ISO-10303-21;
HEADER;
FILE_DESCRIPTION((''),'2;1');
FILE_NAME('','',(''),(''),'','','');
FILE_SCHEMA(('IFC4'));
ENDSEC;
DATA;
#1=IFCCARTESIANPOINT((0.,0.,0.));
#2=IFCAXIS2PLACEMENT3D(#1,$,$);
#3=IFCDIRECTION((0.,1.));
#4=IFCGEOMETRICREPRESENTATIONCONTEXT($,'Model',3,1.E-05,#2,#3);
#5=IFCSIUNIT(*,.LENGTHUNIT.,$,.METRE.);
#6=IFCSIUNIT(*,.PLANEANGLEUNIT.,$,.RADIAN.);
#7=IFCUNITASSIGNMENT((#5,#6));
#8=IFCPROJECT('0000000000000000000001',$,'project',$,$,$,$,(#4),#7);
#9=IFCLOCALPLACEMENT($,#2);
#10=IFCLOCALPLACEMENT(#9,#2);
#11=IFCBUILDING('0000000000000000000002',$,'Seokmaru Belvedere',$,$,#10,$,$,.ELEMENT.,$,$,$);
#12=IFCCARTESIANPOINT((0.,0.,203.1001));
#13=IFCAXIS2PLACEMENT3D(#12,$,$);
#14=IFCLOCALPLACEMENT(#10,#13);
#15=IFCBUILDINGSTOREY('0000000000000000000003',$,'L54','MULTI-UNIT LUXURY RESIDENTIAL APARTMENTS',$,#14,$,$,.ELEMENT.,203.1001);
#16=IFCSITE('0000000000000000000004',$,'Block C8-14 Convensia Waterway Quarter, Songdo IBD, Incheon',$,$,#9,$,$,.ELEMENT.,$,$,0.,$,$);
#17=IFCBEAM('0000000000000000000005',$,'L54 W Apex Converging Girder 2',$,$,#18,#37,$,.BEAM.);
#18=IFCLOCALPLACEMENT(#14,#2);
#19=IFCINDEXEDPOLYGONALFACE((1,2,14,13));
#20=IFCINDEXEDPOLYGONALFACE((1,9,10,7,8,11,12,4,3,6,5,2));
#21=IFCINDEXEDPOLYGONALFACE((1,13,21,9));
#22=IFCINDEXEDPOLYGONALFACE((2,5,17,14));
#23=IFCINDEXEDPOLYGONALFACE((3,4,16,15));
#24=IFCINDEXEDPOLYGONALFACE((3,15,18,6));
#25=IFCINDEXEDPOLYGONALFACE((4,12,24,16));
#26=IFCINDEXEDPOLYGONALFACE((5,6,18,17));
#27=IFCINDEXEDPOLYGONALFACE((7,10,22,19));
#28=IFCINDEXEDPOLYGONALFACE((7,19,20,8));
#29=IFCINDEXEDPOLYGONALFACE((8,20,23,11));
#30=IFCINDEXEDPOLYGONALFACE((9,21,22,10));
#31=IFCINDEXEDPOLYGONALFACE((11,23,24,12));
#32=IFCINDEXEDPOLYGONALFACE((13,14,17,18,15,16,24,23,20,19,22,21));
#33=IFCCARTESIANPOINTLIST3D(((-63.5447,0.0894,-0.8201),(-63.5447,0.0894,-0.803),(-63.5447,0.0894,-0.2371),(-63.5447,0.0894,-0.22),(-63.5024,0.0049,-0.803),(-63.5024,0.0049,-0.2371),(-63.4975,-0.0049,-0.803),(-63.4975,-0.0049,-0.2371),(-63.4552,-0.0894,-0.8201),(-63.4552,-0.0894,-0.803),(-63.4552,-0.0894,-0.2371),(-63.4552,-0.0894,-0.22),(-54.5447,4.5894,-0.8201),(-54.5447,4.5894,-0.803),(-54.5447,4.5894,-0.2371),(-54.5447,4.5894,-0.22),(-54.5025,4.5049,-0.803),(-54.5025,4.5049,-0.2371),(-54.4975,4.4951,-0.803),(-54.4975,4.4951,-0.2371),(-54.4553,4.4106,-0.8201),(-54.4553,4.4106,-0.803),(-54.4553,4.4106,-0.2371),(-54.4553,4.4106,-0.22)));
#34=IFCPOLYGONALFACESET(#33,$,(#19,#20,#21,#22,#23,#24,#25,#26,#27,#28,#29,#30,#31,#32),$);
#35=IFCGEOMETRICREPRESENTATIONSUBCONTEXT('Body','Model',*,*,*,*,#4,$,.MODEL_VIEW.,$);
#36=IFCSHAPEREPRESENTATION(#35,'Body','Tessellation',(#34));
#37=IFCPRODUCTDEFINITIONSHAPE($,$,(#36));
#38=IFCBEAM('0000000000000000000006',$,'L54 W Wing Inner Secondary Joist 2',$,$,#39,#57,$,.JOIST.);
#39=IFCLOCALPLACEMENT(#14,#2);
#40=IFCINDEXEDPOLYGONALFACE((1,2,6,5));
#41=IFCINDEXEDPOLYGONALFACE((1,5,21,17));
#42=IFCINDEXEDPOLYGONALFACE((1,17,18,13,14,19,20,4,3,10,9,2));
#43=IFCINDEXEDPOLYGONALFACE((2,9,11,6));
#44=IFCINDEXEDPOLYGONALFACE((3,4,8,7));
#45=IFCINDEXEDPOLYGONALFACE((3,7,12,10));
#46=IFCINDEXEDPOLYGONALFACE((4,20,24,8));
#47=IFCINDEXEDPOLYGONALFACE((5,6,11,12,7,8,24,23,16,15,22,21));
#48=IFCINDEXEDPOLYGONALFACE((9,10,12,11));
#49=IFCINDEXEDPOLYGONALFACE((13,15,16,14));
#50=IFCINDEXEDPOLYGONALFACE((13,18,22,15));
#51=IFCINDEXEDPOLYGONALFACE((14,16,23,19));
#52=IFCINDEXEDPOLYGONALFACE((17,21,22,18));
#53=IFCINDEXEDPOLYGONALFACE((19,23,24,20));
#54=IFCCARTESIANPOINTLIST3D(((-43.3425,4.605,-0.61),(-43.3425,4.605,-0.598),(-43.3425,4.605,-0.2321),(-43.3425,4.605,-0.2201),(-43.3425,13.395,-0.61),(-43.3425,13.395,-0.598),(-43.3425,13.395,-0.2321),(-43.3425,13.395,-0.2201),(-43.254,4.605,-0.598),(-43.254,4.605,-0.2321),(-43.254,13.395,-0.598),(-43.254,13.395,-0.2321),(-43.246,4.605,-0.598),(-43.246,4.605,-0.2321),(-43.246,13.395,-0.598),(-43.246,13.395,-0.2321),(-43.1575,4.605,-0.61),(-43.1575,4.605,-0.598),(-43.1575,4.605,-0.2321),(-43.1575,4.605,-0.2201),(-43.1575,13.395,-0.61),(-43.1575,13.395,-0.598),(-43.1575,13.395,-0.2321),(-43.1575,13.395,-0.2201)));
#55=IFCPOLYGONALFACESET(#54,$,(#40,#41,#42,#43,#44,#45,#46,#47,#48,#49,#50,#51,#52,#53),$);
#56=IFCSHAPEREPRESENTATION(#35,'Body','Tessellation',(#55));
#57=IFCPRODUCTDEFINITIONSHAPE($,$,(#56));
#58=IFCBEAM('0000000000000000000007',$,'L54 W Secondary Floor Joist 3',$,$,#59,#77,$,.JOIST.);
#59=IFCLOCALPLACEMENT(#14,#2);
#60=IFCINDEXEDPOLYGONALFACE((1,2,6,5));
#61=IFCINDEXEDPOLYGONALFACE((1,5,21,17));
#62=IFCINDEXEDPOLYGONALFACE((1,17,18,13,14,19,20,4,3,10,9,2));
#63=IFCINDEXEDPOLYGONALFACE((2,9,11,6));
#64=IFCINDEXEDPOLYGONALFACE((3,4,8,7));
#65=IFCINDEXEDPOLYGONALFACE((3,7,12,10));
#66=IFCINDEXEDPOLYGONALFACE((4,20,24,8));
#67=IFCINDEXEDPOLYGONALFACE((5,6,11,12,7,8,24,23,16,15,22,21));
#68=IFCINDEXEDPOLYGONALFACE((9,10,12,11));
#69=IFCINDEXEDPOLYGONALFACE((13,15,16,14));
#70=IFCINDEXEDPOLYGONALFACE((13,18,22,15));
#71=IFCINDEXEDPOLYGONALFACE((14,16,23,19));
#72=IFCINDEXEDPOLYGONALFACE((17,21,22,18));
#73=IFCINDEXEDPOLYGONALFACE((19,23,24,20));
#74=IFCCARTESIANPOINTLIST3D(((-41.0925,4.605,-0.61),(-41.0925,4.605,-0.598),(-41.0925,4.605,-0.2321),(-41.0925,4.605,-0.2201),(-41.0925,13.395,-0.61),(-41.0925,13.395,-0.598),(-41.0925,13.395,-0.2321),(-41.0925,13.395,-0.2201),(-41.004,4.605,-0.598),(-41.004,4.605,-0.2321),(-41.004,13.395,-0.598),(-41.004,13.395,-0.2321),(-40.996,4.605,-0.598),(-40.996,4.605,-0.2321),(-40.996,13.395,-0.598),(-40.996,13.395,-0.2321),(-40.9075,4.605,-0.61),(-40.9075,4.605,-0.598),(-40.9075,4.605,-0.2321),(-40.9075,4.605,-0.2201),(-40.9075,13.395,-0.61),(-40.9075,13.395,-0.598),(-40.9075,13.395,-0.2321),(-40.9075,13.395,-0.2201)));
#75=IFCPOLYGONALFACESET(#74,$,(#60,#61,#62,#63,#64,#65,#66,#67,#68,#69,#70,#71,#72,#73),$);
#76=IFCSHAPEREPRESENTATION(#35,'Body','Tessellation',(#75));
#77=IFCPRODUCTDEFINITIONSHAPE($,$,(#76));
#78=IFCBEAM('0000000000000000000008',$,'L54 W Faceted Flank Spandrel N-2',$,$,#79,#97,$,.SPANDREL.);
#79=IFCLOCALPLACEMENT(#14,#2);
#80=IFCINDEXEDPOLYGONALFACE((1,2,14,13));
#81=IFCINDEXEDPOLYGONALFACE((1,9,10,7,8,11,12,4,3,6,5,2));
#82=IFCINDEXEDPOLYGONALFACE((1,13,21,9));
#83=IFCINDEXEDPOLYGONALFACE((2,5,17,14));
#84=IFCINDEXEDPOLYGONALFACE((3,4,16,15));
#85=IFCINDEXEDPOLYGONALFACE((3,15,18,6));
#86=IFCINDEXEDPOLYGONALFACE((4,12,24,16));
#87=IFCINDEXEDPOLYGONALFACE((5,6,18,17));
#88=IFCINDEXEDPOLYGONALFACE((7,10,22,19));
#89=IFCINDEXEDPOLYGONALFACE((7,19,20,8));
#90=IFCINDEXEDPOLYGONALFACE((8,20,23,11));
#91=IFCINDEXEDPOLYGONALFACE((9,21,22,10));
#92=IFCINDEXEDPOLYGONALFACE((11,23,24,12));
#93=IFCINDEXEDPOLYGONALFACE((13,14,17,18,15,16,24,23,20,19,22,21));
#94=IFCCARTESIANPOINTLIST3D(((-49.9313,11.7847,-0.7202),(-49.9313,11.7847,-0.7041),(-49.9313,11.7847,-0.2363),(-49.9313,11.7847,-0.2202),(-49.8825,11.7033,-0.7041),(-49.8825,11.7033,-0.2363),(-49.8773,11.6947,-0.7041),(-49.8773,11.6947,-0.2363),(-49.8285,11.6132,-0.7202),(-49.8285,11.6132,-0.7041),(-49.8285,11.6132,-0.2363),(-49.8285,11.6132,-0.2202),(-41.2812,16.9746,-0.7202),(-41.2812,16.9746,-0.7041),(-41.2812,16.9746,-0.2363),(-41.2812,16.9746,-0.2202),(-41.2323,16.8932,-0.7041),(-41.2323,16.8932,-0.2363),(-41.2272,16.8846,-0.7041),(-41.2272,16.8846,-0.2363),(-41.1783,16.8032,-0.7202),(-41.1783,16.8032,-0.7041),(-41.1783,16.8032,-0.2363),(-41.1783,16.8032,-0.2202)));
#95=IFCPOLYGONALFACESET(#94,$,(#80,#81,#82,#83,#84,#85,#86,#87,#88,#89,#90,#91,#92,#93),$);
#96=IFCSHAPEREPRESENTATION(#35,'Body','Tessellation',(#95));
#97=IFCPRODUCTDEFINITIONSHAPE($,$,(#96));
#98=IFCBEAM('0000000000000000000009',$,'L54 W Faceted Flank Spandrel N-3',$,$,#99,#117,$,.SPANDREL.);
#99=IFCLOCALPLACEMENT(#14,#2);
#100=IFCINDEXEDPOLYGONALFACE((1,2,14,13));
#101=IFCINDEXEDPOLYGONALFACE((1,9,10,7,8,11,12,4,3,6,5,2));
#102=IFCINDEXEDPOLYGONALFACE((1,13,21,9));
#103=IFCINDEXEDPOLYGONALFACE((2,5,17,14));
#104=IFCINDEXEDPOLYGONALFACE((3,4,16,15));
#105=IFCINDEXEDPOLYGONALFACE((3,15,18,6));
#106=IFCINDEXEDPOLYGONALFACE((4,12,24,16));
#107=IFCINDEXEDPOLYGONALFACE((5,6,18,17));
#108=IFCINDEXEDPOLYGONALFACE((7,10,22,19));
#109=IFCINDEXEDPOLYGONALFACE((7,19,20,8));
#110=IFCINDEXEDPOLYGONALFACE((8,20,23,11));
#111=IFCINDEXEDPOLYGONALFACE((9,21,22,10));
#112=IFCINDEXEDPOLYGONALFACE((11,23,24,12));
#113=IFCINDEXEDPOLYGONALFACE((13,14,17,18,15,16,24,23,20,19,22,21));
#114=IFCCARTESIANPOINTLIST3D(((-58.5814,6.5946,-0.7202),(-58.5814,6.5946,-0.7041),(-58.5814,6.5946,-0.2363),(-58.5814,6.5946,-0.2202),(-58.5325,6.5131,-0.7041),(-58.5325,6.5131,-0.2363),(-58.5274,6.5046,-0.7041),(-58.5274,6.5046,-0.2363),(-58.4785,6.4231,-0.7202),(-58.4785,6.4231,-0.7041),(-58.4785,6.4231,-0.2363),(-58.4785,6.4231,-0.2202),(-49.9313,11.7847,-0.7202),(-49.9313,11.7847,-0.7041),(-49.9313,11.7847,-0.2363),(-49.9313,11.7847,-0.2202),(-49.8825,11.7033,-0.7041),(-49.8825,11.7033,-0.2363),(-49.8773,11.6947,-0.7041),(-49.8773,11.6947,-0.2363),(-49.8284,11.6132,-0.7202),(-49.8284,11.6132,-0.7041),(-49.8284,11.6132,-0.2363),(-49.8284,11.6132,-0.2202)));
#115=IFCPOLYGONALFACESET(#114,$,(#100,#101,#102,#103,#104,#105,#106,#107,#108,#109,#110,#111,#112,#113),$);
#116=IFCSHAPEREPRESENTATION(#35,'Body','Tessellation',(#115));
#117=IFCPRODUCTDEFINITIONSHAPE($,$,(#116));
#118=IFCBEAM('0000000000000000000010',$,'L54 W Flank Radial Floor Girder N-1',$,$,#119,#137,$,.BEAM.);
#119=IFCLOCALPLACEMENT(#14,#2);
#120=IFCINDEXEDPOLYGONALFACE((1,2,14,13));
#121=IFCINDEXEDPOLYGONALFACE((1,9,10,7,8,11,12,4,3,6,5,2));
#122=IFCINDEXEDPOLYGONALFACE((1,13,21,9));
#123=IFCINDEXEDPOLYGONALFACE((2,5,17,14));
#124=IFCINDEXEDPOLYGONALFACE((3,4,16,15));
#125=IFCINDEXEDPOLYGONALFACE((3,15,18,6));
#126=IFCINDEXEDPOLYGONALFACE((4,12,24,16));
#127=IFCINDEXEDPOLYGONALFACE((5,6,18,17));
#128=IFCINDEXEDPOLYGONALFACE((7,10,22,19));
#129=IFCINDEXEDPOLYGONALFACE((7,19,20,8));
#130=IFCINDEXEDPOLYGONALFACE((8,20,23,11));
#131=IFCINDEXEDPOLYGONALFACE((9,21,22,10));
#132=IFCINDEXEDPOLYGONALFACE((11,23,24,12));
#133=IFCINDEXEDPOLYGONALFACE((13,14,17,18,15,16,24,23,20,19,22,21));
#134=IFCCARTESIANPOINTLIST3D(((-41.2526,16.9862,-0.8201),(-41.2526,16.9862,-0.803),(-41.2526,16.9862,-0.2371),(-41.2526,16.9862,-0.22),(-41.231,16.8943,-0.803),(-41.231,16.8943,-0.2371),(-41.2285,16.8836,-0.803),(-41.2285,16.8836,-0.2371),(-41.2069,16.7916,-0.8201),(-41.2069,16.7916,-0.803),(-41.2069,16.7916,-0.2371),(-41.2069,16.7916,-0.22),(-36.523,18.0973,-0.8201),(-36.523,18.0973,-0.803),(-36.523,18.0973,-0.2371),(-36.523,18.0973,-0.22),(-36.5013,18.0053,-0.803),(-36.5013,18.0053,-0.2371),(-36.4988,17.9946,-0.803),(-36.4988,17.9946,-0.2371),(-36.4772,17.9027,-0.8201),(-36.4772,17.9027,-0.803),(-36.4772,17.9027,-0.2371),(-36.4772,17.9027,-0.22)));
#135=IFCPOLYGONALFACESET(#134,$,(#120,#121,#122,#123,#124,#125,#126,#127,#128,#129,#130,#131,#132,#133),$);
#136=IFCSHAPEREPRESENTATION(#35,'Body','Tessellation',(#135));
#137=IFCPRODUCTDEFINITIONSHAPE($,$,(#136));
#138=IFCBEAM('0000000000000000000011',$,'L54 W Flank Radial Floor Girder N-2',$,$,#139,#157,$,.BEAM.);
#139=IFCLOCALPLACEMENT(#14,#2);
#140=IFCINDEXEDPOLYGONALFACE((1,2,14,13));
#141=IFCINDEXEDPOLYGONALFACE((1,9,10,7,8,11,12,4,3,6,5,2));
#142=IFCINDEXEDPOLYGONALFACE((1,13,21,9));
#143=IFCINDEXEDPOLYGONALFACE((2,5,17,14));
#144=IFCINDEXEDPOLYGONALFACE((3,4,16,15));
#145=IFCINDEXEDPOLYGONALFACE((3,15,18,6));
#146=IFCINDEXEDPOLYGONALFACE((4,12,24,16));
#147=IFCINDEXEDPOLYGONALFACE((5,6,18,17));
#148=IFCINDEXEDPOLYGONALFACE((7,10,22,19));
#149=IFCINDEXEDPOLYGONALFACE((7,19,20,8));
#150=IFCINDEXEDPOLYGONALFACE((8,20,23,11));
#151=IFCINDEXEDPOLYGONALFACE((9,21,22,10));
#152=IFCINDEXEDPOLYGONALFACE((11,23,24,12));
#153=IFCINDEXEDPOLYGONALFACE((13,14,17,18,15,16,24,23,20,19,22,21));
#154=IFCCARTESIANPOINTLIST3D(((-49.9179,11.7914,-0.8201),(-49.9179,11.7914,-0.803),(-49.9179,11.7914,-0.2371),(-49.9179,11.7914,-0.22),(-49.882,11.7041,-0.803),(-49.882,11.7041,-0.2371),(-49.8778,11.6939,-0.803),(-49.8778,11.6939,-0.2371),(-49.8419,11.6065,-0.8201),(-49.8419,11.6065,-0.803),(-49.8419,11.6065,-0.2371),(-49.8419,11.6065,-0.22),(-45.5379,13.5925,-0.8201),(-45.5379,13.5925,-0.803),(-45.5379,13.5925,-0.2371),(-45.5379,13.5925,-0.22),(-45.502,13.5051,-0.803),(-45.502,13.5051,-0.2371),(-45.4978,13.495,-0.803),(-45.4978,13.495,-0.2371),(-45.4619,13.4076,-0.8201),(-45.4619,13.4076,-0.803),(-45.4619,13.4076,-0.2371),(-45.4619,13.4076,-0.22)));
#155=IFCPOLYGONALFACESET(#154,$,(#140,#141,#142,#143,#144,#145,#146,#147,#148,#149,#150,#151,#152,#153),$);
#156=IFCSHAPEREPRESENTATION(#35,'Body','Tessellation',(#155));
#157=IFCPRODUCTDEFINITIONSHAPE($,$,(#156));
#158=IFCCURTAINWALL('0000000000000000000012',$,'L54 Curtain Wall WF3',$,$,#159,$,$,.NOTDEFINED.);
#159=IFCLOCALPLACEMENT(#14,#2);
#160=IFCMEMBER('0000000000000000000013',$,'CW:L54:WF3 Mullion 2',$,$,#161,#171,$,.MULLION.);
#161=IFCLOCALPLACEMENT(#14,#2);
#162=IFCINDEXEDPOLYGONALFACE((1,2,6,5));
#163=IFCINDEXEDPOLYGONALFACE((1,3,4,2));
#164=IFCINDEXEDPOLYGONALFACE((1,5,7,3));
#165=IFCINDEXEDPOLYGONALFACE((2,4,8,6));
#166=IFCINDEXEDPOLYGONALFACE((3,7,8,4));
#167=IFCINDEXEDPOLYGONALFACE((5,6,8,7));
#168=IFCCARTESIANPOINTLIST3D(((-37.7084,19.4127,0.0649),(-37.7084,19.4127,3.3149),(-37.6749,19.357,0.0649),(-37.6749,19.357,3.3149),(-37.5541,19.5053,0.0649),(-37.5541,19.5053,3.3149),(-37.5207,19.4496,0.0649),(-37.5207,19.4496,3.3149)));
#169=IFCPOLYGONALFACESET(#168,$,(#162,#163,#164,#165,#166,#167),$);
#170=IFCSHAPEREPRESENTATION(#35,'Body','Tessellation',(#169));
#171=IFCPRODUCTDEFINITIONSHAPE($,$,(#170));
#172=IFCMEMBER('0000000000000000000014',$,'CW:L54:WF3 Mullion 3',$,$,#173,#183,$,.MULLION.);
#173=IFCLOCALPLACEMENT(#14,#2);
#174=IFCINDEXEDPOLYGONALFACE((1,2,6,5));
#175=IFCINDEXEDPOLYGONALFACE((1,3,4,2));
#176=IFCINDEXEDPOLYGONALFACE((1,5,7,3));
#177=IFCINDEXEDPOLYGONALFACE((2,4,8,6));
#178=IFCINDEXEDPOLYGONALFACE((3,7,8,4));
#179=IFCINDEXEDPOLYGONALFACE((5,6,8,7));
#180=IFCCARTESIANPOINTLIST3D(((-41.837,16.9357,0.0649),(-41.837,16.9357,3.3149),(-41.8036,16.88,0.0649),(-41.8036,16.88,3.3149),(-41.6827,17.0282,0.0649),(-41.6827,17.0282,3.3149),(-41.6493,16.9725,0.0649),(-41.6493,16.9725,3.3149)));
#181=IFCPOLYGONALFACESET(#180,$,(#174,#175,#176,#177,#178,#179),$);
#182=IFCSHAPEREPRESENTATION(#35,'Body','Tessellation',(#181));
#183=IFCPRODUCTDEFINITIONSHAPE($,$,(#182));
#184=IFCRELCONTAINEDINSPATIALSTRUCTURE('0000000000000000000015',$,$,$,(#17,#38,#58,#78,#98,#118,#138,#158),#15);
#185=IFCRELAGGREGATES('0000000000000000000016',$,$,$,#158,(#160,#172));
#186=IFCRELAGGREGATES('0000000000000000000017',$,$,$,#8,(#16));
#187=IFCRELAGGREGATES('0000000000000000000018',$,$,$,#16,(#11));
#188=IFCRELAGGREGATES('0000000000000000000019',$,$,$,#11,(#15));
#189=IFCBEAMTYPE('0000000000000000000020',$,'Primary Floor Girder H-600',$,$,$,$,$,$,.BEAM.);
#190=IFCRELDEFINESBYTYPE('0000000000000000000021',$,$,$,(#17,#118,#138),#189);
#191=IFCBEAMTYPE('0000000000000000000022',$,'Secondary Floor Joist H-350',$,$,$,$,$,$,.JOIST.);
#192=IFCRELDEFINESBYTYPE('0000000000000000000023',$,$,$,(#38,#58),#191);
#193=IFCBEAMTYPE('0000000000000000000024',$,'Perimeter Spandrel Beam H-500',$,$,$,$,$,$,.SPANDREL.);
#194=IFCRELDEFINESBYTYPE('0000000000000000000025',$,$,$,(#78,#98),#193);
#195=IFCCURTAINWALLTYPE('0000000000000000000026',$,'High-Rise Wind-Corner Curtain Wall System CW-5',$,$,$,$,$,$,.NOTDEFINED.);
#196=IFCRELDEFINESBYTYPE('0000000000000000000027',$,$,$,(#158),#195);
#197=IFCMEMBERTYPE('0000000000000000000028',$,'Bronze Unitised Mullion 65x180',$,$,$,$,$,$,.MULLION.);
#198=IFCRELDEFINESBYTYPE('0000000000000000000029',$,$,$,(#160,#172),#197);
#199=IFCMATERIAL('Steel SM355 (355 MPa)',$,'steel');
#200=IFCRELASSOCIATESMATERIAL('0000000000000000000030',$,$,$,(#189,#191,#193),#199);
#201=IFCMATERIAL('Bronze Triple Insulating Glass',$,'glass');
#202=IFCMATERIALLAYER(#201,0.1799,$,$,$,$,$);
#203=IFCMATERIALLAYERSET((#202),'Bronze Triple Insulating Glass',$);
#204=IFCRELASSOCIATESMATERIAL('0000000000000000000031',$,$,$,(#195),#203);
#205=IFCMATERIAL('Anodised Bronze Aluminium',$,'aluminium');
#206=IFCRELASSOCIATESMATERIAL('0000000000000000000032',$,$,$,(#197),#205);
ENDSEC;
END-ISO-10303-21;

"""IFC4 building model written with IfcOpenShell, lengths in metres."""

from ifc_helpers import new_model, si_unit, direction, frame, origin, origin_2d, place, context, subcontext, project, spatial, rectangle, i_section, extrude, source, transform, mapped, material, layer, layer_set, material_profile, profile_set, type_object, type_shapes, element, aggregate, save


model = new_model("IFC4")

# Units and contexts
model_context = context("Model", 3, precision=1e-05, world=origin(), true_north=direction((0.0, 1.0)))
body_context = subcontext(model_context, "Body", "Model", "MODEL_VIEW")
ifc_project = project(units=[si_unit("LENGTHUNIT", "METRE"), si_unit("PLANEANGLEUNIT", "RADIAN")], contexts=[model_context])

# Site, building, storey
site_placement = place(None, origin())
site = spatial("IfcSite", under=ifc_project, at=site_placement, Name="Block C8-14 Convensia Waterway Quarter, Songdo IBD, Incheon", CompositionType="ELEMENT", RefElevation=0.0)
building_placement = place(site_placement, origin())
building = spatial("IfcBuilding", under=site, at=building_placement, Name="Seokmaru Belvedere", CompositionType="ELEMENT")
storey_placement = place(building_placement, frame((0.0, 0.0, 203.1001)))
storey = spatial("IfcBuildingStorey", under=building, at=storey_placement, Name="L54", Description="MULTI-UNIT LUXURY RESIDENTIAL APARTMENTS", CompositionType="ELEMENT", Elevation=203.1001)

# Shared definitions
ifc_material_1 = material(Name="Steel SM355 (355 MPa)", Category="steel")

# Beams
ifc_material_profile_1 = material_profile(ifc_material_1, i_section(OverallWidth=0.2, OverallDepth=0.6001, WebThickness=0.011, FlangeThickness=0.0171, at=origin_2d()), Name="H-600x200x11x17")
ifc_profile_set_1 = profile_set([ifc_material_profile_1], Name="Steel SM355 (355 MPa)")
beam_type_1 = type_object("IfcBeamType", Name="Primary Floor Girder H-600", PredefinedType="BEAM", material=ifc_profile_set_1)
shared_shape_1 = source(origin(), body_context, "Body", "SweptSolid", [
    extrude(i_section(OverallWidth=0.2, OverallDepth=0.6001, WebThickness=0.011, FlangeThickness=0.0171, at=origin_2d()), origin(), (0.0, 0.0, 1.0), 10.0623),
])
beam_1_placement = place(storey_placement, frame((-54.5, 4.5, -0.52), z_axis=(-0.894427, -0.447214, 0.0), x_axis=(0.447214, -0.894427, 0.0)))
element("IfcBeam", 1, at=beam_1_placement, inside=storey, type_object=beam_type_1, Name="L54 W Apex Converging Girder 2", PredefinedType="BEAM", context=body_context, shape_type="MappedRepresentation", body=[
    mapped(shared_shape_1, transform((0.0, 0.0, 0.0), scale=1.0)),
])
ifc_material_profile_2 = material_profile(ifc_material_1, i_section(OverallWidth=0.1851, OverallDepth=0.3899, WebThickness=0.0081, FlangeThickness=0.012, at=origin_2d()), Name="H-390x185x8x12")
ifc_profile_set_2 = profile_set([ifc_material_profile_2], Name="Steel SM355 (355 MPa)")
beam_type_2 = type_object("IfcBeamType", Name="Secondary Floor Joist H-350", PredefinedType="JOIST", material=ifc_profile_set_2)
shared_shape_2 = source(origin(), body_context, "Body", "SweptSolid", [
    extrude(i_section(OverallWidth=0.1851, OverallDepth=0.3899, WebThickness=0.0081, FlangeThickness=0.012, at=origin_2d()), origin(), (0.0, 0.0, 1.0), 8.79),
])
type_shapes(beam_type_2, [shared_shape_2])
for number, where, z_axis, x_axis, name in (
    (2, (-43.25, 4.605, -0.415), (0.0, 1.0, 0.0), (-1.0, 0.0, 0.0), "L54 W Wing Inner Secondary Joist 2"),
    (3, (-41.0, 4.605, -0.415), (0.0, 1.0, 0.0), (-1.0, 0.0, 0.0), "L54 W Secondary Floor Joist 3"),
):
    element("IfcBeam", number, at=place(storey_placement, frame(where, z_axis=z_axis, x_axis=x_axis)), inside=storey, type_object=beam_type_2, Name=name, PredefinedType="JOIST", context=body_context, shape_type="MappedRepresentation", body=[
        mapped(shared_shape_2, transform((0.0, 0.0, 0.0), scale=1.0)),
    ])
ifc_material_profile_3 = material_profile(ifc_material_1, i_section(OverallWidth=0.2, OverallDepth=0.5, WebThickness=0.01, FlangeThickness=0.0161, at=origin_2d()), Name="H-500x200x10x16")
ifc_profile_set_3 = profile_set([ifc_material_profile_3], Name="Steel SM355 (355 MPa)")
beam_type_3 = type_object("IfcBeamType", Name="Perimeter Spandrel Beam H-500", PredefinedType="SPANDREL", material=ifc_profile_set_3)
shared_shape_3 = source(origin(), body_context, "Body", "SweptSolid", [
    extrude(i_section(OverallWidth=0.2, OverallDepth=0.5, WebThickness=0.01, FlangeThickness=0.0161, at=origin_2d()), origin(), (0.0, 0.0, 1.0), 10.0876),
])
type_shapes(beam_type_3, [shared_shape_3])
for number, where, z_axis, x_axis, name in (
    (4, (-41.2297, 16.8889, -0.4702), (-0.857499, -0.514485, 0.0), (0.514485, -0.857499, 0.0), "L54 W Faceted Flank Spandrel N-2"),
    (5, (-49.8799, 11.699, -0.4702), (-0.857489, -0.514503, 0.0), (0.514503, -0.857489, 0.0), "L54 W Faceted Flank Spandrel N-3"),
):
    element("IfcBeam", number, at=place(storey_placement, frame(where, z_axis=z_axis, x_axis=x_axis)), inside=storey, type_object=beam_type_3, Name=name, PredefinedType="SPANDREL", context=body_context, shape_type="MappedRepresentation", body=[
        mapped(shared_shape_3, transform((0.0, 0.0, 0.0), scale=1.0)),
    ])
shared_shape_4 = source(origin(), body_context, "Body", "SweptSolid", [
    extrude(i_section(OverallWidth=0.2, OverallDepth=0.6001, WebThickness=0.011, FlangeThickness=0.0171, at=origin_2d()), origin(), (0.0, 0.0, 1.0), 4.8584),
])
beam_2_placement = place(storey_placement, frame((-41.2297, 16.8889, -0.52), z_axis=(0.973499, 0.228689, 0.0), x_axis=(-0.228689, 0.973499, 0.0)))
element("IfcBeam", 6, at=beam_2_placement, inside=storey, type_object=beam_type_1, Name="L54 W Flank Radial Floor Girder N-1", PredefinedType="BEAM", context=body_context, shape_type="MappedRepresentation", body=[
    mapped(shared_shape_4, transform((0.0, 0.0, 0.0), scale=1.0)),
])
shared_shape_5 = source(origin(), body_context, "Body", "SweptSolid", [
    extrude(i_section(OverallWidth=0.2, OverallDepth=0.6001, WebThickness=0.011, FlangeThickness=0.0171, at=origin_2d()), origin(), (0.0, 0.0, 1.0), 4.7358),
])
beam_3_placement = place(storey_placement, frame((-49.8799, 11.699, -0.52), z_axis=(0.924861, 0.380306, 0.0), x_axis=(-0.380306, 0.924861, 0.0)))
element("IfcBeam", 7, at=beam_3_placement, inside=storey, type_object=beam_type_1, Name="L54 W Flank Radial Floor Girder N-2", PredefinedType="BEAM", context=body_context, shape_type="MappedRepresentation", body=[
    mapped(shared_shape_5, transform((0.0, 0.0, 0.0), scale=1.0)),
])

# Curtain wall, members
ifc_material_2 = material(Name="Bronze Triple Insulating Glass", Category="glass")
ifc_layer_1 = layer(ifc_material_2, 0.1799)
ifc_layer_set_1 = layer_set([ifc_layer_1], Name="Bronze Triple Insulating Glass")
curtain_wall_type = type_object("IfcCurtainWallType", Name="High-Rise Wind-Corner Curtain Wall System CW-5", PredefinedType="NOTDEFINED", material=ifc_layer_set_1)
curtain_wall_placement = place(storey_placement, origin())
curtain_wall = element("IfcCurtainWall", 8, at=curtain_wall_placement, inside=storey, type_object=curtain_wall_type, Name="L54 Curtain Wall WF3", PredefinedType="NOTDEFINED")
ifc_material_3 = material(Name="Anodised Bronze Aluminium", Category="aluminium")
ifc_material_profile_4 = material_profile(ifc_material_3, rectangle(XDim=0.0649, YDim=0.1799, at=origin_2d()), Name="CW-M-65x180")
ifc_profile_set_4 = profile_set([ifc_material_profile_4], Name="Anodised Bronze Aluminium")
member_type = type_object("IfcMemberType", Name="Bronze Unitised Mullion 65x180", PredefinedType="MULLION", material=ifc_profile_set_4)
shared_shape_6 = source(origin(), body_context, "Body", "SweptSolid", [
    extrude(rectangle(XDim=0.0649, YDim=0.1799, at=origin_2d()), origin(), (0.0, 0.0, 1.0), 3.25),
])
type_shapes(member_type, [shared_shape_6])
member_1_placement = place(storey_placement, frame((-37.6145, 19.4312, 0.0649), z_axis=(0.0, 0.0, 1.0), x_axis=(0.514495, -0.857493, 0.0)))
member_1 = element("IfcMember", 9, at=member_1_placement, type_object=member_type, Name="CW:L54:WF3 Mullion 2", PredefinedType="MULLION", context=body_context, shape_type="MappedRepresentation", body=[
    mapped(shared_shape_6, transform((0.0, 0.0, 0.0), scale=1.0)),
])
member_2_placement = place(storey_placement, frame((-41.7432, 16.9541, 0.0649), z_axis=(0.0, 0.0, 1.0), x_axis=(0.514495, -0.857493, 0.0)))
member_2 = element("IfcMember", 10, at=member_2_placement, type_object=member_type, Name="CW:L54:WF3 Mullion 3", PredefinedType="MULLION", context=body_context, shape_type="MappedRepresentation", body=[
    mapped(shared_shape_6, transform((0.0, 0.0, 0.0), scale=1.0)),
])
aggregate(curtain_wall, [member_1, member_2])

save(model, "model.ifc")
